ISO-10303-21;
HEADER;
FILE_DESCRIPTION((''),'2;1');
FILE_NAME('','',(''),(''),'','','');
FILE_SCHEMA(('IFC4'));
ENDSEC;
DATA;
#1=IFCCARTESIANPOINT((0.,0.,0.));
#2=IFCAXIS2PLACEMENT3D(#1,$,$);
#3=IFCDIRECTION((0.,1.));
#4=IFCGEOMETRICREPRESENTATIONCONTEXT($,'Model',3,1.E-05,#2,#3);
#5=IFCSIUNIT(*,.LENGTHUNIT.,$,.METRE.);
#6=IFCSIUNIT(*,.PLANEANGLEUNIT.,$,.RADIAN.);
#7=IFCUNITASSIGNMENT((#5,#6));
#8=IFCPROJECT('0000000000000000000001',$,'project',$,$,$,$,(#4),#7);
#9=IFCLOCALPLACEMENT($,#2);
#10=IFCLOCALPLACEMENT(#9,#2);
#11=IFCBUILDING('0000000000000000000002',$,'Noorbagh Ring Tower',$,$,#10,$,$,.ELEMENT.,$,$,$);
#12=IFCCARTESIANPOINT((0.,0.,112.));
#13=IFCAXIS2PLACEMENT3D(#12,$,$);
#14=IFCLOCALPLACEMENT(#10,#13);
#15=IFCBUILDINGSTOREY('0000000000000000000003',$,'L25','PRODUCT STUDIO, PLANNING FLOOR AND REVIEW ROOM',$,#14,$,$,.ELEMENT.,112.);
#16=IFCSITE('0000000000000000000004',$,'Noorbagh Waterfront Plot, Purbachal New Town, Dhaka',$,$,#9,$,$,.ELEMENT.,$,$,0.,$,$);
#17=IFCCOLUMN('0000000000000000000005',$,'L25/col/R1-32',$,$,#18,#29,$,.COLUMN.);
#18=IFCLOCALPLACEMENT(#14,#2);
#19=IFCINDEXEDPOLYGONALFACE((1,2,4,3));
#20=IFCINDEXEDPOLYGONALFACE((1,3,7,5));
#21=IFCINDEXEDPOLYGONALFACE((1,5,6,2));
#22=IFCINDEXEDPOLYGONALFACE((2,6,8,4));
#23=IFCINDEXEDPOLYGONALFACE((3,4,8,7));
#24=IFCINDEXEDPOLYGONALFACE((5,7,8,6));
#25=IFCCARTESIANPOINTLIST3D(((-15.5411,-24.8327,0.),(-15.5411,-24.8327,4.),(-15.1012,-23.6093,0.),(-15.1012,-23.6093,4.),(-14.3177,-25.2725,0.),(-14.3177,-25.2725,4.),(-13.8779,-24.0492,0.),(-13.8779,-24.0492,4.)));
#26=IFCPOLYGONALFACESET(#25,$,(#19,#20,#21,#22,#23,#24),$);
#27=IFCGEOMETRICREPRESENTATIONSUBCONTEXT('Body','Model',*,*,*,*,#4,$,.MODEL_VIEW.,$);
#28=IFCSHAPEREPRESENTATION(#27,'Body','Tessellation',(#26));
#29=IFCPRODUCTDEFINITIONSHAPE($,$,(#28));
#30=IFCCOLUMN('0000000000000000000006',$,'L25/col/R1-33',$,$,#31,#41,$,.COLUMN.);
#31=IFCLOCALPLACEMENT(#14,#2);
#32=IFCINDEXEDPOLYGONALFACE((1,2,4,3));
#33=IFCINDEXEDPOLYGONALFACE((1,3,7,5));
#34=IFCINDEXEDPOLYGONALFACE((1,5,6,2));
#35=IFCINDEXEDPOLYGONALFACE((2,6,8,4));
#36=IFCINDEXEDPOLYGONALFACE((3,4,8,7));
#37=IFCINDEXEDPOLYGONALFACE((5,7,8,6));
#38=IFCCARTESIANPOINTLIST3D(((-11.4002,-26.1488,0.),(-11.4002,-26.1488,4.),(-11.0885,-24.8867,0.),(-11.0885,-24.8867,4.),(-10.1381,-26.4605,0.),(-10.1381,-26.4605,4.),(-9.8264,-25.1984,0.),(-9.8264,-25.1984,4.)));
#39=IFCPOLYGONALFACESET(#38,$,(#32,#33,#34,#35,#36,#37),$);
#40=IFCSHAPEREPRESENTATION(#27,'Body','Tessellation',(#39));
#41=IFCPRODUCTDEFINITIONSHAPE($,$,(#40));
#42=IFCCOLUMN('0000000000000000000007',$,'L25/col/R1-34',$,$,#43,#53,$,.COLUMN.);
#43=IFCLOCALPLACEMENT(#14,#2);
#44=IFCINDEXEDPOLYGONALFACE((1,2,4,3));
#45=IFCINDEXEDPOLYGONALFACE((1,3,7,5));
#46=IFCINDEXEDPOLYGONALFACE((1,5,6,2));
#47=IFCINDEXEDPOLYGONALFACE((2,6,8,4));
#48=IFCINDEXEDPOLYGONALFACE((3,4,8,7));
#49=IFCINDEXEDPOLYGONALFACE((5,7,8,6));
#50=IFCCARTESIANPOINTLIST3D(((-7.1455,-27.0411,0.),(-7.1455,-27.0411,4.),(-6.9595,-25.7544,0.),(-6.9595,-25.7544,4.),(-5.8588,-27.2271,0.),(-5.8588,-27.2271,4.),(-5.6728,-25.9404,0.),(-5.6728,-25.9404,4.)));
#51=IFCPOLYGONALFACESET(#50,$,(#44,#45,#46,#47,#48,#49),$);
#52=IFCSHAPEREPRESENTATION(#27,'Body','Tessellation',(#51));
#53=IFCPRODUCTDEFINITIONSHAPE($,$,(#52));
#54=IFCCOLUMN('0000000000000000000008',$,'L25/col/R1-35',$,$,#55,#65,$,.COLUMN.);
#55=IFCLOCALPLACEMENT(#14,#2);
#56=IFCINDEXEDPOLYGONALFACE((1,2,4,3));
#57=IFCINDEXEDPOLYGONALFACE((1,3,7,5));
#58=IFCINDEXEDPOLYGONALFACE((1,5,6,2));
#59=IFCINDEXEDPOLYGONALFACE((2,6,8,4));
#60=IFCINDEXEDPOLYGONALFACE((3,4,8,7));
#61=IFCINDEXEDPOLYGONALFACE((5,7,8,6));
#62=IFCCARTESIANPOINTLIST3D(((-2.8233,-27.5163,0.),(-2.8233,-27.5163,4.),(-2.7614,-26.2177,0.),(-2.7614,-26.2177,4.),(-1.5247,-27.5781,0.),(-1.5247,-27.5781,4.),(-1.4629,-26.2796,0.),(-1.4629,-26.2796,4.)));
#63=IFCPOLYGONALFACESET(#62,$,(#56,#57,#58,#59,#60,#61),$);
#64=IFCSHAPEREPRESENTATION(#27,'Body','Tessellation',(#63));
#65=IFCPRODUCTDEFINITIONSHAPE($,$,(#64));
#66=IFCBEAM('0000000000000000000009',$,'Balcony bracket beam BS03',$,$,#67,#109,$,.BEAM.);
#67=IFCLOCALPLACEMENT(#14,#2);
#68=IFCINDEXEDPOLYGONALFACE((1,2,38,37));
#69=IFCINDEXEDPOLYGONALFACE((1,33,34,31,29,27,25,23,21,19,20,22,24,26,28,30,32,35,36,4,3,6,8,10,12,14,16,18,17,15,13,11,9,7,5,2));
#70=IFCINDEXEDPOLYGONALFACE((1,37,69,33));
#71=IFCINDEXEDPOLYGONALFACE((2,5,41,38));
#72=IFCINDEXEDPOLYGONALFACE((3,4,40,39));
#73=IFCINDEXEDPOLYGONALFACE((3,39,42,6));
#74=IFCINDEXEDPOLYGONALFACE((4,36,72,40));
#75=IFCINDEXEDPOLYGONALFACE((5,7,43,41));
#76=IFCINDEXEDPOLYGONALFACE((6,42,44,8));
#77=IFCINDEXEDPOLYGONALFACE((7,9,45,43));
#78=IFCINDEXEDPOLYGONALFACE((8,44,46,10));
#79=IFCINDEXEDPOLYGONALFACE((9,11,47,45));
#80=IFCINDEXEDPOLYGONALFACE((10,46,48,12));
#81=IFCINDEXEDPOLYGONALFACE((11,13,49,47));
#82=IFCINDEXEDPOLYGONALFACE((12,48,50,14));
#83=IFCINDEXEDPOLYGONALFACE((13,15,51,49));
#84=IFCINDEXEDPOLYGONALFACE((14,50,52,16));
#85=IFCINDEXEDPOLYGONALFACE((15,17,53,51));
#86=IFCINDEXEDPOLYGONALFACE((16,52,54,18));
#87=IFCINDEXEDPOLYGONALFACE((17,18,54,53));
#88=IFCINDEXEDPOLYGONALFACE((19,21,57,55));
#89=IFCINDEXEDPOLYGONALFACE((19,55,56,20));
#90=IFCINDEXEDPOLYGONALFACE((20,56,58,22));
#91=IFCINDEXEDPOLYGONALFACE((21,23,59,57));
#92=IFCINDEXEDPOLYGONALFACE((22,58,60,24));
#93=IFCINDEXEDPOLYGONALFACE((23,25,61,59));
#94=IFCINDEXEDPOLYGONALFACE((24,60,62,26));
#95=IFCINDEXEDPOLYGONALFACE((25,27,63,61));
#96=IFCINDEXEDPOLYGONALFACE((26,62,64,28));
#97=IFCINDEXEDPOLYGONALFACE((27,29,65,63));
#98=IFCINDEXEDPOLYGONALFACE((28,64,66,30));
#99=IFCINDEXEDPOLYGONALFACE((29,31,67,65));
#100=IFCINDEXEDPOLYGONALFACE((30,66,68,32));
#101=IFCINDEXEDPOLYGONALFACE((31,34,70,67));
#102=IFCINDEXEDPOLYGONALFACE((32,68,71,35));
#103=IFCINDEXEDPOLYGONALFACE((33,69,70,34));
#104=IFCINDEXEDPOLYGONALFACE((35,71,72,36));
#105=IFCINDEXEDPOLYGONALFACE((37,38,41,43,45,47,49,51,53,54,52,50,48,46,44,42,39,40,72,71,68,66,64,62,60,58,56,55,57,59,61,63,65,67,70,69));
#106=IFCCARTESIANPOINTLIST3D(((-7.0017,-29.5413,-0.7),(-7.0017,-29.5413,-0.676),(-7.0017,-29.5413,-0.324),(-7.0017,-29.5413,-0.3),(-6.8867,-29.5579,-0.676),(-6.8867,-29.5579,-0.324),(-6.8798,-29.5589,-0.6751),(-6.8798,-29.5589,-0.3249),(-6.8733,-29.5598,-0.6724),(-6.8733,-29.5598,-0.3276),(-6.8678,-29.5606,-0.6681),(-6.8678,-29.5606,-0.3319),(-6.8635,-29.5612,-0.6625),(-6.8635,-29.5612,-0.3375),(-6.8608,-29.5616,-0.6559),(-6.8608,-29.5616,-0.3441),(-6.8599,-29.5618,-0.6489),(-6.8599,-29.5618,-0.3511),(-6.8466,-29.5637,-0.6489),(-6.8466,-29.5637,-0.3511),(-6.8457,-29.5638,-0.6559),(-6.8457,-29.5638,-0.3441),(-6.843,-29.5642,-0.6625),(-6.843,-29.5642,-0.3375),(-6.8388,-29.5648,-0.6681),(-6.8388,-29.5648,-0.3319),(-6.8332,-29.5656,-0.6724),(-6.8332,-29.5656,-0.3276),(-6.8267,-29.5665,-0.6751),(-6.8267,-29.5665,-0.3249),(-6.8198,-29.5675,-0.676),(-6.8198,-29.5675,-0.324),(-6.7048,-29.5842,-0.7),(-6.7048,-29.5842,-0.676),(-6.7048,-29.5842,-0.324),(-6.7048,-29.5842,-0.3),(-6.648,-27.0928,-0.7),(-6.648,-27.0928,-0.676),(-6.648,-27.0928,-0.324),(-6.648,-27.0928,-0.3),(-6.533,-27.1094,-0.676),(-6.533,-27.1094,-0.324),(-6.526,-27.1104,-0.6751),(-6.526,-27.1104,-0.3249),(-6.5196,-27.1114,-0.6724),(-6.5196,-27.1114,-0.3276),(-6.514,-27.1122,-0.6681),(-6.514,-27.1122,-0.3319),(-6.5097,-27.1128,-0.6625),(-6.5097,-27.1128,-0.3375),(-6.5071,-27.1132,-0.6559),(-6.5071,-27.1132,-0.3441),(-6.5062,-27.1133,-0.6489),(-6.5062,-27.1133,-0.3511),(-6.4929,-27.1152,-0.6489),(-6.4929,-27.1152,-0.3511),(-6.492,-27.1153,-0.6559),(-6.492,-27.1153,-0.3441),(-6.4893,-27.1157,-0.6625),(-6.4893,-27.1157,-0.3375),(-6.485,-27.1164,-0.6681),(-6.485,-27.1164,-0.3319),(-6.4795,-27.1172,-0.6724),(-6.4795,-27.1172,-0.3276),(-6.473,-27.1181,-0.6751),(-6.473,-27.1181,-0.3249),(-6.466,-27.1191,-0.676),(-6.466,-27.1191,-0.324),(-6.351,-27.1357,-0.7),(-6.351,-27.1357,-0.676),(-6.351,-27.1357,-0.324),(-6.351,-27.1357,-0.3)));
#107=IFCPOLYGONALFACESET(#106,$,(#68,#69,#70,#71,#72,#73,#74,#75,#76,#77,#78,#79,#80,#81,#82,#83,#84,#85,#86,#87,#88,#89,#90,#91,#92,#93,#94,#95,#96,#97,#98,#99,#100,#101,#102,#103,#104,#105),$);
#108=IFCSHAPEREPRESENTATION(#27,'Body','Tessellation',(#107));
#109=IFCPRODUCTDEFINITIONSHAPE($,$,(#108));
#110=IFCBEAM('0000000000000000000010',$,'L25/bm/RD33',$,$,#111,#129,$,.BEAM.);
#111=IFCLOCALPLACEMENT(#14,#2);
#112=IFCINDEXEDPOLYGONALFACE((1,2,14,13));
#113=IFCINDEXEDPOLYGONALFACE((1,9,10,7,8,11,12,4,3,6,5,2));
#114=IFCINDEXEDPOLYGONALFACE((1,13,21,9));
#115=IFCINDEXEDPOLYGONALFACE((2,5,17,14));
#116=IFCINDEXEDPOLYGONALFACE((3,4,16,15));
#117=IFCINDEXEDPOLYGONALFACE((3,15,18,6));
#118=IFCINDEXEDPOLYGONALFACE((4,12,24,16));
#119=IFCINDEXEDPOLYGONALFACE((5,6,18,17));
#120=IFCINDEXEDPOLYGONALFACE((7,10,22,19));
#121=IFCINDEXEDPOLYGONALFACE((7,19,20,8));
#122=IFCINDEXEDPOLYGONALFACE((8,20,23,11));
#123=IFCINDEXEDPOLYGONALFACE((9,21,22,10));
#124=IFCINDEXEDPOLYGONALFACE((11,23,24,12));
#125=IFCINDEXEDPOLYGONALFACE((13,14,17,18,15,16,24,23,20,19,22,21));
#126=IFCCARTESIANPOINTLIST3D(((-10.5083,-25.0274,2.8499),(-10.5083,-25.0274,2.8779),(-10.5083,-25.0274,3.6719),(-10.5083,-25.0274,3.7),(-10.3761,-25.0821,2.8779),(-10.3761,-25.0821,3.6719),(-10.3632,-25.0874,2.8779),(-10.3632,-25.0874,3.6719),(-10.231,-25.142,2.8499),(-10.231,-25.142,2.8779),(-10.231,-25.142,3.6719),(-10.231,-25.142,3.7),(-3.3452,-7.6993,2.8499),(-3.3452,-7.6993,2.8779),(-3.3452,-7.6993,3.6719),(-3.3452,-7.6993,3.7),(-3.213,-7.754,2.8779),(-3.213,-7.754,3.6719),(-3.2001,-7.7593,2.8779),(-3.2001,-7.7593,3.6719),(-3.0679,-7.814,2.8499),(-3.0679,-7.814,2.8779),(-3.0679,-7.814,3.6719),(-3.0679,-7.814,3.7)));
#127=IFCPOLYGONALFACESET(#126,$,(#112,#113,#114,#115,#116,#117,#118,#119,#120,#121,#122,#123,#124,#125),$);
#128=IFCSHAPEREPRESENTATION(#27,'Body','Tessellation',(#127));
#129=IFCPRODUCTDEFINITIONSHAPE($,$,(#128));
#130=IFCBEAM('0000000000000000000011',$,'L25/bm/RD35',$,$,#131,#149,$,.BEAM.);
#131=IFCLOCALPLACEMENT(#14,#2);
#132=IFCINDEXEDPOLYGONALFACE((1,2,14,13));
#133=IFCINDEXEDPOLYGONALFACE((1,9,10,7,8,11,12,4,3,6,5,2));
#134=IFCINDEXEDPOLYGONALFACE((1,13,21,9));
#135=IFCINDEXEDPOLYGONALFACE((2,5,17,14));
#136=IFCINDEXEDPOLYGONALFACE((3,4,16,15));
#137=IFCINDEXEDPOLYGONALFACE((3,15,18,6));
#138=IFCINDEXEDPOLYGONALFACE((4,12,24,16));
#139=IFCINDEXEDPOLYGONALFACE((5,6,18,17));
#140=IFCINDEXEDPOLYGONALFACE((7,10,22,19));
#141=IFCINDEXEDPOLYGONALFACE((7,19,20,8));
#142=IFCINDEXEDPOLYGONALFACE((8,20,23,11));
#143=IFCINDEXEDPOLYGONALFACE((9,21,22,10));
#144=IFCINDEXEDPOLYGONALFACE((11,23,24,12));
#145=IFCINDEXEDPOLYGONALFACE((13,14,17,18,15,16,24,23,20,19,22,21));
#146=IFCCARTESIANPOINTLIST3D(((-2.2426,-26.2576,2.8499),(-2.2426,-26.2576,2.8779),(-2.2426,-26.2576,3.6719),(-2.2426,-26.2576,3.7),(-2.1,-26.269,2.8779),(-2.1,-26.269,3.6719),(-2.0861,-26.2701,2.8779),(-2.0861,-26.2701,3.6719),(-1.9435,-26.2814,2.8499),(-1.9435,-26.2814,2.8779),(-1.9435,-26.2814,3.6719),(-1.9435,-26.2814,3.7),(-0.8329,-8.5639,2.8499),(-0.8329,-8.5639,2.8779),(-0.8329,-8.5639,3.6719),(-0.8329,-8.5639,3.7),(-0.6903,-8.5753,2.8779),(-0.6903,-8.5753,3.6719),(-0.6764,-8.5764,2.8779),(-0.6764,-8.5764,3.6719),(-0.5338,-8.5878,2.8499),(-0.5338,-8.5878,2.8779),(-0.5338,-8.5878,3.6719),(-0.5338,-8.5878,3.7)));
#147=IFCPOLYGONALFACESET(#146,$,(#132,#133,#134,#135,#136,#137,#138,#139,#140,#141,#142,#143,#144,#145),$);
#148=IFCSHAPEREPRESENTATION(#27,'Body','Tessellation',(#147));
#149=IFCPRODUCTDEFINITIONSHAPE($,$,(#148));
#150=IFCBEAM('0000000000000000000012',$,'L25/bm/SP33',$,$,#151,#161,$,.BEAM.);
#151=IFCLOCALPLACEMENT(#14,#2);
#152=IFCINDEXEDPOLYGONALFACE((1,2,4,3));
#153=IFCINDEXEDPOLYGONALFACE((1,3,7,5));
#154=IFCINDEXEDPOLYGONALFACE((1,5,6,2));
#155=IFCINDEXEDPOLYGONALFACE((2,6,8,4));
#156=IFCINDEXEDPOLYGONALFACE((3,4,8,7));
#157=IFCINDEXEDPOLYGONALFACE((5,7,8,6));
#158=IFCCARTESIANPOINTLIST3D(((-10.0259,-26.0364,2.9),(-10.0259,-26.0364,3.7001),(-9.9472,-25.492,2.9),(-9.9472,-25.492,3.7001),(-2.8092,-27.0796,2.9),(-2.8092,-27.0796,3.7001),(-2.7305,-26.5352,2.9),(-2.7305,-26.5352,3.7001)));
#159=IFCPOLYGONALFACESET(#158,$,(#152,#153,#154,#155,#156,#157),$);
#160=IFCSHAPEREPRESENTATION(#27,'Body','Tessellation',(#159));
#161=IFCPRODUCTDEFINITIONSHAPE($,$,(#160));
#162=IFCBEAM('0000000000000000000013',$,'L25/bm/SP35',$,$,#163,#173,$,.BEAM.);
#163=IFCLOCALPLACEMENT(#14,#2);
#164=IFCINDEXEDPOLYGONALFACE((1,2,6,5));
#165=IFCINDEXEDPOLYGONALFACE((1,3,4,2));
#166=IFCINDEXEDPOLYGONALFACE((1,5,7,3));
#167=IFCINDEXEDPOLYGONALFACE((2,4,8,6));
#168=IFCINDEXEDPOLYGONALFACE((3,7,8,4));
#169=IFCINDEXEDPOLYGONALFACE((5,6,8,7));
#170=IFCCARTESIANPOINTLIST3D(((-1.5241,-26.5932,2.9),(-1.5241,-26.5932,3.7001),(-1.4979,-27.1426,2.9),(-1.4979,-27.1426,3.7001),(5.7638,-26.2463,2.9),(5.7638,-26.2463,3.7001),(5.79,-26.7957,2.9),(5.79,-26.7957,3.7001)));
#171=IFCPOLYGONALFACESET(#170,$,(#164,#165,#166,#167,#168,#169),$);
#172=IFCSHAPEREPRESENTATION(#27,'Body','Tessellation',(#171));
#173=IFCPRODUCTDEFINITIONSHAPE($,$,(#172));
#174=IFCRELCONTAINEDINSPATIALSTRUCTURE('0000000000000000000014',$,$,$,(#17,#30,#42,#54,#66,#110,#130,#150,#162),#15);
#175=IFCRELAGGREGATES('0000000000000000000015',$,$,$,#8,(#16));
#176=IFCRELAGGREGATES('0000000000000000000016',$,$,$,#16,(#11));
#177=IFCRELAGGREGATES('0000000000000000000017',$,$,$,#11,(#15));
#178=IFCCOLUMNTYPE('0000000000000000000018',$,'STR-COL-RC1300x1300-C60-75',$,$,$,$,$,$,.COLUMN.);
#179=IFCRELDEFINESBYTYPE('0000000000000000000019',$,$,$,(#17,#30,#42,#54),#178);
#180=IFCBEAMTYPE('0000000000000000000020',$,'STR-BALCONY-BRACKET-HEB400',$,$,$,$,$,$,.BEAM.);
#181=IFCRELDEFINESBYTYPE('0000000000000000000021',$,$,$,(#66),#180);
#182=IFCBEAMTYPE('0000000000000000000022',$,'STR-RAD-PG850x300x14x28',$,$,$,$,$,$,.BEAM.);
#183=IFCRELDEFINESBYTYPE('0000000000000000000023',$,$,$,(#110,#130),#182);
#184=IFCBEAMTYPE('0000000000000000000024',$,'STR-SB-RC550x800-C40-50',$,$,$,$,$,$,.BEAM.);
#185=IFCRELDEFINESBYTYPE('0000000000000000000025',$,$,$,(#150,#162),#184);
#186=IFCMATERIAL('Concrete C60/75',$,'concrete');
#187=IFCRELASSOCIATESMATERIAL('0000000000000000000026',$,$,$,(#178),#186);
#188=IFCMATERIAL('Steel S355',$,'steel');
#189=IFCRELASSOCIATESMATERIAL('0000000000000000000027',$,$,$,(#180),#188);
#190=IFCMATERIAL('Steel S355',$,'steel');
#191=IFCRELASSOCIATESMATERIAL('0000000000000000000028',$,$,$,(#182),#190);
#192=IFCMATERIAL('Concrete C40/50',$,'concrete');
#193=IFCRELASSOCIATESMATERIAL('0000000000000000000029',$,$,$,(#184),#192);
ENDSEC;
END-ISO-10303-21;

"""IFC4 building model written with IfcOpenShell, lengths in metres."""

from ifc_helpers import new_model, si_unit, direction, frame, origin, origin_2d, place, context, subcontext, project, spatial, rectangle, i_section, extrude, material, material_profile, profile_set, type_object, element, save


model = new_model("IFC4")

# Units and contexts
model_context = context("Model", 3, precision=1e-05, world=origin(), true_north=direction((0.0, 1.0)))
body_context = subcontext(model_context, "Body", "Model", "MODEL_VIEW")
ifc_project = project(units=[si_unit("LENGTHUNIT", "METRE"), si_unit("PLANEANGLEUNIT", "RADIAN")], contexts=[model_context])

# Site, building, storey
site_placement = place(None, origin())
site = spatial("IfcSite", under=ifc_project, at=site_placement, Name="Noorbagh Waterfront Plot, Purbachal New Town, Dhaka", CompositionType="ELEMENT", RefElevation=0.0)
building_placement = place(site_placement, origin())
building = spatial("IfcBuilding", under=site, at=building_placement, Name="Noorbagh Ring Tower", CompositionType="ELEMENT")
storey_placement = place(building_placement, frame((0.0, 0.0, 112.0)))
storey = spatial("IfcBuildingStorey", under=building, at=storey_placement, Name="L25", Description="PRODUCT STUDIO, PLANNING FLOOR AND REVIEW ROOM", CompositionType="ELEMENT", Elevation=112.0)

# Columns
ifc_material_1 = material(Name="Concrete C60/75", Category="concrete")
ifc_material_profile_1 = material_profile(ifc_material_1, rectangle(XDim=1.3, YDim=1.3, at=origin_2d()), Name="RC1300x1300")
ifc_profile_set_1 = profile_set([ifc_material_profile_1], Name="Concrete C60/75")
column_type = type_object("IfcColumnType", Name="STR-COL-RC1300x1300-C60-75", PredefinedType="COLUMN", material=ifc_profile_set_1)
for number, where, z_axis, x_axis, name in (
    (1, (-14.7095, -24.4409, 0.0), (0.0, 0.0, 1.0), (0.941025, -0.338338, 0.0), "L25/col/R1-32"),
    (2, (-10.6133, -25.6736, 0.0), (0.0, 0.0, 1.0), (0.970829, -0.239771, 0.0), "L25/col/R1-33"),
    (3, (-6.4092, -26.4907, 0.0), (0.0, 0.0, 1.0), (0.989713, -0.143066, 0.0), "L25/col/R1-34"),
    (4, (-2.1431, -26.8979, 0.0), (0.0, 0.0, 1.0), (0.998869, -0.047553, 0.0), "L25/col/R1-35"),
):
    element("IfcColumn", number, at=place(storey_placement, frame(where, z_axis=z_axis, x_axis=x_axis)), inside=storey, type_object=column_type, Name=name, PredefinedType="COLUMN", context=body_context, shape_type="SweptSolid", body=[
        extrude(rectangle(XDim=1.3, YDim=1.3, at=origin_2d()), origin(), (0.0, 0.0, 1.0), 4.0),
    ])

# Beams
ifc_material_2 = material(Name="Steel S355", Category="steel")
ifc_material_profile_2 = material_profile(ifc_material_2, i_section(OverallWidth=0.3, OverallDepth=0.3999, WebThickness=0.0134, FlangeThickness=0.0239, FilletRadius=0.0271, at=origin_2d()), Name="HEB400")
ifc_profile_set_2 = profile_set([ifc_material_profile_2], Name="Steel S355")
beam_type_1 = type_object("IfcBeamType", Name="STR-BALCONY-BRACKET-HEB400", PredefinedType="BEAM", material=ifc_profile_set_2)
beam_1_placement = place(storey_placement, frame((-6.4995, -27.1143, -0.5), z_axis=(-0.142996, -0.989723, 0.0), x_axis=(0.989723, -0.142996, 0.0)))
element("IfcBeam", 5, at=beam_1_placement, inside=storey, type_object=beam_type_1, Name="Balcony bracket beam BS03", PredefinedType="BEAM", context=body_context, shape_type="SweptSolid", body=[
    extrude(i_section(OverallWidth=0.3, OverallDepth=0.3999, WebThickness=0.0134, FlangeThickness=0.0239, FilletRadius=0.0271, at=origin_2d()), origin(), (0.0, 0.0, 1.0), 2.4739),
])
ifc_material_3 = material(Name="Steel S355", Category="steel")
ifc_material_profile_3 = material_profile(ifc_material_3, i_section(OverallWidth=0.3, OverallDepth=0.8501, WebThickness=0.0139, FlangeThickness=0.0281, at=origin_2d()), Name="PG850x300x14x28")
ifc_profile_set_3 = profile_set([ifc_material_profile_3], Name="Steel S355")
beam_type_2 = type_object("IfcBeamType", Name="STR-RAD-PG850x300x14x28", PredefinedType="BEAM", material=ifc_profile_set_3)
beam_2_placement = place(storey_placement, frame((-10.3696, -25.0847, 3.2749), z_axis=(0.382025, 0.924152, 0.0), x_axis=(-0.924152, 0.382025, 0.0)))
element("IfcBeam", 6, at=beam_2_placement, inside=storey, type_object=beam_type_2, Name="L25/bm/RD33", PredefinedType="BEAM", context=body_context, shape_type="SweptSolid", body=[
    extrude(i_section(OverallWidth=0.3, OverallDepth=0.8501, WebThickness=0.0139, FlangeThickness=0.0281, at=origin_2d()), origin(), (0.0, 0.0, 1.0), 18.7502),
])
beam_3_placement = place(storey_placement, frame((-2.093, -26.2695, 3.2749), z_axis=(0.079419, 0.996841, 0.0), x_axis=(-0.996841, 0.079419, 0.0)))
element("IfcBeam", 7, at=beam_3_placement, inside=storey, type_object=beam_type_2, Name="L25/bm/RD35", PredefinedType="BEAM", context=body_context, shape_type="SweptSolid", body=[
    extrude(i_section(OverallWidth=0.3, OverallDepth=0.8501, WebThickness=0.0139, FlangeThickness=0.0281, at=origin_2d()), origin(), (0.0, 0.0, 1.0), 17.7498),
])
ifc_material_4 = material(Name="Concrete C40/50", Category="concrete")
ifc_material_profile_4 = material_profile(ifc_material_4, rectangle(XDim=0.55, YDim=0.8, at=origin_2d()), Name="RC550x800")
ifc_profile_set_4 = profile_set([ifc_material_profile_4], Name="Concrete C40/50")
beam_type_3 = type_object("IfcBeamType", Name="STR-SB-RC550x800-C40-50", PredefinedType="BEAM", material=ifc_profile_set_4)
beam_4_placement = place(storey_placement, frame((-9.9866, -25.7642, 3.3), z_axis=(0.989713, -0.143066, 0.0), x_axis=(0.143066, 0.989713, 0.0)))
element("IfcBeam", 8, at=beam_4_placement, inside=storey, type_object=beam_type_3, Name="L25/bm/SP33", PredefinedType="BEAM", context=body_context, shape_type="SweptSolid", body=[
    extrude(rectangle(XDim=0.55, YDim=0.8, at=origin_2d()), origin(), (0.0, 0.0, 1.0), 7.2917),
])
beam_5_placement = place(storey_placement, frame((-1.511, -26.8679, 3.3), z_axis=(0.998869, 0.047549, 0.0), x_axis=(-0.047549, 0.998869, 0.0)))
element("IfcBeam", 9, at=beam_5_placement, inside=storey, type_object=beam_type_3, Name="L25/bm/SP35", PredefinedType="BEAM", context=body_context, shape_type="SweptSolid", body=[
    extrude(rectangle(XDim=0.55, YDim=0.8, at=origin_2d()), origin(), (0.0, 0.0, 1.0), 7.2961),
])

save(model, "model.ifc")
